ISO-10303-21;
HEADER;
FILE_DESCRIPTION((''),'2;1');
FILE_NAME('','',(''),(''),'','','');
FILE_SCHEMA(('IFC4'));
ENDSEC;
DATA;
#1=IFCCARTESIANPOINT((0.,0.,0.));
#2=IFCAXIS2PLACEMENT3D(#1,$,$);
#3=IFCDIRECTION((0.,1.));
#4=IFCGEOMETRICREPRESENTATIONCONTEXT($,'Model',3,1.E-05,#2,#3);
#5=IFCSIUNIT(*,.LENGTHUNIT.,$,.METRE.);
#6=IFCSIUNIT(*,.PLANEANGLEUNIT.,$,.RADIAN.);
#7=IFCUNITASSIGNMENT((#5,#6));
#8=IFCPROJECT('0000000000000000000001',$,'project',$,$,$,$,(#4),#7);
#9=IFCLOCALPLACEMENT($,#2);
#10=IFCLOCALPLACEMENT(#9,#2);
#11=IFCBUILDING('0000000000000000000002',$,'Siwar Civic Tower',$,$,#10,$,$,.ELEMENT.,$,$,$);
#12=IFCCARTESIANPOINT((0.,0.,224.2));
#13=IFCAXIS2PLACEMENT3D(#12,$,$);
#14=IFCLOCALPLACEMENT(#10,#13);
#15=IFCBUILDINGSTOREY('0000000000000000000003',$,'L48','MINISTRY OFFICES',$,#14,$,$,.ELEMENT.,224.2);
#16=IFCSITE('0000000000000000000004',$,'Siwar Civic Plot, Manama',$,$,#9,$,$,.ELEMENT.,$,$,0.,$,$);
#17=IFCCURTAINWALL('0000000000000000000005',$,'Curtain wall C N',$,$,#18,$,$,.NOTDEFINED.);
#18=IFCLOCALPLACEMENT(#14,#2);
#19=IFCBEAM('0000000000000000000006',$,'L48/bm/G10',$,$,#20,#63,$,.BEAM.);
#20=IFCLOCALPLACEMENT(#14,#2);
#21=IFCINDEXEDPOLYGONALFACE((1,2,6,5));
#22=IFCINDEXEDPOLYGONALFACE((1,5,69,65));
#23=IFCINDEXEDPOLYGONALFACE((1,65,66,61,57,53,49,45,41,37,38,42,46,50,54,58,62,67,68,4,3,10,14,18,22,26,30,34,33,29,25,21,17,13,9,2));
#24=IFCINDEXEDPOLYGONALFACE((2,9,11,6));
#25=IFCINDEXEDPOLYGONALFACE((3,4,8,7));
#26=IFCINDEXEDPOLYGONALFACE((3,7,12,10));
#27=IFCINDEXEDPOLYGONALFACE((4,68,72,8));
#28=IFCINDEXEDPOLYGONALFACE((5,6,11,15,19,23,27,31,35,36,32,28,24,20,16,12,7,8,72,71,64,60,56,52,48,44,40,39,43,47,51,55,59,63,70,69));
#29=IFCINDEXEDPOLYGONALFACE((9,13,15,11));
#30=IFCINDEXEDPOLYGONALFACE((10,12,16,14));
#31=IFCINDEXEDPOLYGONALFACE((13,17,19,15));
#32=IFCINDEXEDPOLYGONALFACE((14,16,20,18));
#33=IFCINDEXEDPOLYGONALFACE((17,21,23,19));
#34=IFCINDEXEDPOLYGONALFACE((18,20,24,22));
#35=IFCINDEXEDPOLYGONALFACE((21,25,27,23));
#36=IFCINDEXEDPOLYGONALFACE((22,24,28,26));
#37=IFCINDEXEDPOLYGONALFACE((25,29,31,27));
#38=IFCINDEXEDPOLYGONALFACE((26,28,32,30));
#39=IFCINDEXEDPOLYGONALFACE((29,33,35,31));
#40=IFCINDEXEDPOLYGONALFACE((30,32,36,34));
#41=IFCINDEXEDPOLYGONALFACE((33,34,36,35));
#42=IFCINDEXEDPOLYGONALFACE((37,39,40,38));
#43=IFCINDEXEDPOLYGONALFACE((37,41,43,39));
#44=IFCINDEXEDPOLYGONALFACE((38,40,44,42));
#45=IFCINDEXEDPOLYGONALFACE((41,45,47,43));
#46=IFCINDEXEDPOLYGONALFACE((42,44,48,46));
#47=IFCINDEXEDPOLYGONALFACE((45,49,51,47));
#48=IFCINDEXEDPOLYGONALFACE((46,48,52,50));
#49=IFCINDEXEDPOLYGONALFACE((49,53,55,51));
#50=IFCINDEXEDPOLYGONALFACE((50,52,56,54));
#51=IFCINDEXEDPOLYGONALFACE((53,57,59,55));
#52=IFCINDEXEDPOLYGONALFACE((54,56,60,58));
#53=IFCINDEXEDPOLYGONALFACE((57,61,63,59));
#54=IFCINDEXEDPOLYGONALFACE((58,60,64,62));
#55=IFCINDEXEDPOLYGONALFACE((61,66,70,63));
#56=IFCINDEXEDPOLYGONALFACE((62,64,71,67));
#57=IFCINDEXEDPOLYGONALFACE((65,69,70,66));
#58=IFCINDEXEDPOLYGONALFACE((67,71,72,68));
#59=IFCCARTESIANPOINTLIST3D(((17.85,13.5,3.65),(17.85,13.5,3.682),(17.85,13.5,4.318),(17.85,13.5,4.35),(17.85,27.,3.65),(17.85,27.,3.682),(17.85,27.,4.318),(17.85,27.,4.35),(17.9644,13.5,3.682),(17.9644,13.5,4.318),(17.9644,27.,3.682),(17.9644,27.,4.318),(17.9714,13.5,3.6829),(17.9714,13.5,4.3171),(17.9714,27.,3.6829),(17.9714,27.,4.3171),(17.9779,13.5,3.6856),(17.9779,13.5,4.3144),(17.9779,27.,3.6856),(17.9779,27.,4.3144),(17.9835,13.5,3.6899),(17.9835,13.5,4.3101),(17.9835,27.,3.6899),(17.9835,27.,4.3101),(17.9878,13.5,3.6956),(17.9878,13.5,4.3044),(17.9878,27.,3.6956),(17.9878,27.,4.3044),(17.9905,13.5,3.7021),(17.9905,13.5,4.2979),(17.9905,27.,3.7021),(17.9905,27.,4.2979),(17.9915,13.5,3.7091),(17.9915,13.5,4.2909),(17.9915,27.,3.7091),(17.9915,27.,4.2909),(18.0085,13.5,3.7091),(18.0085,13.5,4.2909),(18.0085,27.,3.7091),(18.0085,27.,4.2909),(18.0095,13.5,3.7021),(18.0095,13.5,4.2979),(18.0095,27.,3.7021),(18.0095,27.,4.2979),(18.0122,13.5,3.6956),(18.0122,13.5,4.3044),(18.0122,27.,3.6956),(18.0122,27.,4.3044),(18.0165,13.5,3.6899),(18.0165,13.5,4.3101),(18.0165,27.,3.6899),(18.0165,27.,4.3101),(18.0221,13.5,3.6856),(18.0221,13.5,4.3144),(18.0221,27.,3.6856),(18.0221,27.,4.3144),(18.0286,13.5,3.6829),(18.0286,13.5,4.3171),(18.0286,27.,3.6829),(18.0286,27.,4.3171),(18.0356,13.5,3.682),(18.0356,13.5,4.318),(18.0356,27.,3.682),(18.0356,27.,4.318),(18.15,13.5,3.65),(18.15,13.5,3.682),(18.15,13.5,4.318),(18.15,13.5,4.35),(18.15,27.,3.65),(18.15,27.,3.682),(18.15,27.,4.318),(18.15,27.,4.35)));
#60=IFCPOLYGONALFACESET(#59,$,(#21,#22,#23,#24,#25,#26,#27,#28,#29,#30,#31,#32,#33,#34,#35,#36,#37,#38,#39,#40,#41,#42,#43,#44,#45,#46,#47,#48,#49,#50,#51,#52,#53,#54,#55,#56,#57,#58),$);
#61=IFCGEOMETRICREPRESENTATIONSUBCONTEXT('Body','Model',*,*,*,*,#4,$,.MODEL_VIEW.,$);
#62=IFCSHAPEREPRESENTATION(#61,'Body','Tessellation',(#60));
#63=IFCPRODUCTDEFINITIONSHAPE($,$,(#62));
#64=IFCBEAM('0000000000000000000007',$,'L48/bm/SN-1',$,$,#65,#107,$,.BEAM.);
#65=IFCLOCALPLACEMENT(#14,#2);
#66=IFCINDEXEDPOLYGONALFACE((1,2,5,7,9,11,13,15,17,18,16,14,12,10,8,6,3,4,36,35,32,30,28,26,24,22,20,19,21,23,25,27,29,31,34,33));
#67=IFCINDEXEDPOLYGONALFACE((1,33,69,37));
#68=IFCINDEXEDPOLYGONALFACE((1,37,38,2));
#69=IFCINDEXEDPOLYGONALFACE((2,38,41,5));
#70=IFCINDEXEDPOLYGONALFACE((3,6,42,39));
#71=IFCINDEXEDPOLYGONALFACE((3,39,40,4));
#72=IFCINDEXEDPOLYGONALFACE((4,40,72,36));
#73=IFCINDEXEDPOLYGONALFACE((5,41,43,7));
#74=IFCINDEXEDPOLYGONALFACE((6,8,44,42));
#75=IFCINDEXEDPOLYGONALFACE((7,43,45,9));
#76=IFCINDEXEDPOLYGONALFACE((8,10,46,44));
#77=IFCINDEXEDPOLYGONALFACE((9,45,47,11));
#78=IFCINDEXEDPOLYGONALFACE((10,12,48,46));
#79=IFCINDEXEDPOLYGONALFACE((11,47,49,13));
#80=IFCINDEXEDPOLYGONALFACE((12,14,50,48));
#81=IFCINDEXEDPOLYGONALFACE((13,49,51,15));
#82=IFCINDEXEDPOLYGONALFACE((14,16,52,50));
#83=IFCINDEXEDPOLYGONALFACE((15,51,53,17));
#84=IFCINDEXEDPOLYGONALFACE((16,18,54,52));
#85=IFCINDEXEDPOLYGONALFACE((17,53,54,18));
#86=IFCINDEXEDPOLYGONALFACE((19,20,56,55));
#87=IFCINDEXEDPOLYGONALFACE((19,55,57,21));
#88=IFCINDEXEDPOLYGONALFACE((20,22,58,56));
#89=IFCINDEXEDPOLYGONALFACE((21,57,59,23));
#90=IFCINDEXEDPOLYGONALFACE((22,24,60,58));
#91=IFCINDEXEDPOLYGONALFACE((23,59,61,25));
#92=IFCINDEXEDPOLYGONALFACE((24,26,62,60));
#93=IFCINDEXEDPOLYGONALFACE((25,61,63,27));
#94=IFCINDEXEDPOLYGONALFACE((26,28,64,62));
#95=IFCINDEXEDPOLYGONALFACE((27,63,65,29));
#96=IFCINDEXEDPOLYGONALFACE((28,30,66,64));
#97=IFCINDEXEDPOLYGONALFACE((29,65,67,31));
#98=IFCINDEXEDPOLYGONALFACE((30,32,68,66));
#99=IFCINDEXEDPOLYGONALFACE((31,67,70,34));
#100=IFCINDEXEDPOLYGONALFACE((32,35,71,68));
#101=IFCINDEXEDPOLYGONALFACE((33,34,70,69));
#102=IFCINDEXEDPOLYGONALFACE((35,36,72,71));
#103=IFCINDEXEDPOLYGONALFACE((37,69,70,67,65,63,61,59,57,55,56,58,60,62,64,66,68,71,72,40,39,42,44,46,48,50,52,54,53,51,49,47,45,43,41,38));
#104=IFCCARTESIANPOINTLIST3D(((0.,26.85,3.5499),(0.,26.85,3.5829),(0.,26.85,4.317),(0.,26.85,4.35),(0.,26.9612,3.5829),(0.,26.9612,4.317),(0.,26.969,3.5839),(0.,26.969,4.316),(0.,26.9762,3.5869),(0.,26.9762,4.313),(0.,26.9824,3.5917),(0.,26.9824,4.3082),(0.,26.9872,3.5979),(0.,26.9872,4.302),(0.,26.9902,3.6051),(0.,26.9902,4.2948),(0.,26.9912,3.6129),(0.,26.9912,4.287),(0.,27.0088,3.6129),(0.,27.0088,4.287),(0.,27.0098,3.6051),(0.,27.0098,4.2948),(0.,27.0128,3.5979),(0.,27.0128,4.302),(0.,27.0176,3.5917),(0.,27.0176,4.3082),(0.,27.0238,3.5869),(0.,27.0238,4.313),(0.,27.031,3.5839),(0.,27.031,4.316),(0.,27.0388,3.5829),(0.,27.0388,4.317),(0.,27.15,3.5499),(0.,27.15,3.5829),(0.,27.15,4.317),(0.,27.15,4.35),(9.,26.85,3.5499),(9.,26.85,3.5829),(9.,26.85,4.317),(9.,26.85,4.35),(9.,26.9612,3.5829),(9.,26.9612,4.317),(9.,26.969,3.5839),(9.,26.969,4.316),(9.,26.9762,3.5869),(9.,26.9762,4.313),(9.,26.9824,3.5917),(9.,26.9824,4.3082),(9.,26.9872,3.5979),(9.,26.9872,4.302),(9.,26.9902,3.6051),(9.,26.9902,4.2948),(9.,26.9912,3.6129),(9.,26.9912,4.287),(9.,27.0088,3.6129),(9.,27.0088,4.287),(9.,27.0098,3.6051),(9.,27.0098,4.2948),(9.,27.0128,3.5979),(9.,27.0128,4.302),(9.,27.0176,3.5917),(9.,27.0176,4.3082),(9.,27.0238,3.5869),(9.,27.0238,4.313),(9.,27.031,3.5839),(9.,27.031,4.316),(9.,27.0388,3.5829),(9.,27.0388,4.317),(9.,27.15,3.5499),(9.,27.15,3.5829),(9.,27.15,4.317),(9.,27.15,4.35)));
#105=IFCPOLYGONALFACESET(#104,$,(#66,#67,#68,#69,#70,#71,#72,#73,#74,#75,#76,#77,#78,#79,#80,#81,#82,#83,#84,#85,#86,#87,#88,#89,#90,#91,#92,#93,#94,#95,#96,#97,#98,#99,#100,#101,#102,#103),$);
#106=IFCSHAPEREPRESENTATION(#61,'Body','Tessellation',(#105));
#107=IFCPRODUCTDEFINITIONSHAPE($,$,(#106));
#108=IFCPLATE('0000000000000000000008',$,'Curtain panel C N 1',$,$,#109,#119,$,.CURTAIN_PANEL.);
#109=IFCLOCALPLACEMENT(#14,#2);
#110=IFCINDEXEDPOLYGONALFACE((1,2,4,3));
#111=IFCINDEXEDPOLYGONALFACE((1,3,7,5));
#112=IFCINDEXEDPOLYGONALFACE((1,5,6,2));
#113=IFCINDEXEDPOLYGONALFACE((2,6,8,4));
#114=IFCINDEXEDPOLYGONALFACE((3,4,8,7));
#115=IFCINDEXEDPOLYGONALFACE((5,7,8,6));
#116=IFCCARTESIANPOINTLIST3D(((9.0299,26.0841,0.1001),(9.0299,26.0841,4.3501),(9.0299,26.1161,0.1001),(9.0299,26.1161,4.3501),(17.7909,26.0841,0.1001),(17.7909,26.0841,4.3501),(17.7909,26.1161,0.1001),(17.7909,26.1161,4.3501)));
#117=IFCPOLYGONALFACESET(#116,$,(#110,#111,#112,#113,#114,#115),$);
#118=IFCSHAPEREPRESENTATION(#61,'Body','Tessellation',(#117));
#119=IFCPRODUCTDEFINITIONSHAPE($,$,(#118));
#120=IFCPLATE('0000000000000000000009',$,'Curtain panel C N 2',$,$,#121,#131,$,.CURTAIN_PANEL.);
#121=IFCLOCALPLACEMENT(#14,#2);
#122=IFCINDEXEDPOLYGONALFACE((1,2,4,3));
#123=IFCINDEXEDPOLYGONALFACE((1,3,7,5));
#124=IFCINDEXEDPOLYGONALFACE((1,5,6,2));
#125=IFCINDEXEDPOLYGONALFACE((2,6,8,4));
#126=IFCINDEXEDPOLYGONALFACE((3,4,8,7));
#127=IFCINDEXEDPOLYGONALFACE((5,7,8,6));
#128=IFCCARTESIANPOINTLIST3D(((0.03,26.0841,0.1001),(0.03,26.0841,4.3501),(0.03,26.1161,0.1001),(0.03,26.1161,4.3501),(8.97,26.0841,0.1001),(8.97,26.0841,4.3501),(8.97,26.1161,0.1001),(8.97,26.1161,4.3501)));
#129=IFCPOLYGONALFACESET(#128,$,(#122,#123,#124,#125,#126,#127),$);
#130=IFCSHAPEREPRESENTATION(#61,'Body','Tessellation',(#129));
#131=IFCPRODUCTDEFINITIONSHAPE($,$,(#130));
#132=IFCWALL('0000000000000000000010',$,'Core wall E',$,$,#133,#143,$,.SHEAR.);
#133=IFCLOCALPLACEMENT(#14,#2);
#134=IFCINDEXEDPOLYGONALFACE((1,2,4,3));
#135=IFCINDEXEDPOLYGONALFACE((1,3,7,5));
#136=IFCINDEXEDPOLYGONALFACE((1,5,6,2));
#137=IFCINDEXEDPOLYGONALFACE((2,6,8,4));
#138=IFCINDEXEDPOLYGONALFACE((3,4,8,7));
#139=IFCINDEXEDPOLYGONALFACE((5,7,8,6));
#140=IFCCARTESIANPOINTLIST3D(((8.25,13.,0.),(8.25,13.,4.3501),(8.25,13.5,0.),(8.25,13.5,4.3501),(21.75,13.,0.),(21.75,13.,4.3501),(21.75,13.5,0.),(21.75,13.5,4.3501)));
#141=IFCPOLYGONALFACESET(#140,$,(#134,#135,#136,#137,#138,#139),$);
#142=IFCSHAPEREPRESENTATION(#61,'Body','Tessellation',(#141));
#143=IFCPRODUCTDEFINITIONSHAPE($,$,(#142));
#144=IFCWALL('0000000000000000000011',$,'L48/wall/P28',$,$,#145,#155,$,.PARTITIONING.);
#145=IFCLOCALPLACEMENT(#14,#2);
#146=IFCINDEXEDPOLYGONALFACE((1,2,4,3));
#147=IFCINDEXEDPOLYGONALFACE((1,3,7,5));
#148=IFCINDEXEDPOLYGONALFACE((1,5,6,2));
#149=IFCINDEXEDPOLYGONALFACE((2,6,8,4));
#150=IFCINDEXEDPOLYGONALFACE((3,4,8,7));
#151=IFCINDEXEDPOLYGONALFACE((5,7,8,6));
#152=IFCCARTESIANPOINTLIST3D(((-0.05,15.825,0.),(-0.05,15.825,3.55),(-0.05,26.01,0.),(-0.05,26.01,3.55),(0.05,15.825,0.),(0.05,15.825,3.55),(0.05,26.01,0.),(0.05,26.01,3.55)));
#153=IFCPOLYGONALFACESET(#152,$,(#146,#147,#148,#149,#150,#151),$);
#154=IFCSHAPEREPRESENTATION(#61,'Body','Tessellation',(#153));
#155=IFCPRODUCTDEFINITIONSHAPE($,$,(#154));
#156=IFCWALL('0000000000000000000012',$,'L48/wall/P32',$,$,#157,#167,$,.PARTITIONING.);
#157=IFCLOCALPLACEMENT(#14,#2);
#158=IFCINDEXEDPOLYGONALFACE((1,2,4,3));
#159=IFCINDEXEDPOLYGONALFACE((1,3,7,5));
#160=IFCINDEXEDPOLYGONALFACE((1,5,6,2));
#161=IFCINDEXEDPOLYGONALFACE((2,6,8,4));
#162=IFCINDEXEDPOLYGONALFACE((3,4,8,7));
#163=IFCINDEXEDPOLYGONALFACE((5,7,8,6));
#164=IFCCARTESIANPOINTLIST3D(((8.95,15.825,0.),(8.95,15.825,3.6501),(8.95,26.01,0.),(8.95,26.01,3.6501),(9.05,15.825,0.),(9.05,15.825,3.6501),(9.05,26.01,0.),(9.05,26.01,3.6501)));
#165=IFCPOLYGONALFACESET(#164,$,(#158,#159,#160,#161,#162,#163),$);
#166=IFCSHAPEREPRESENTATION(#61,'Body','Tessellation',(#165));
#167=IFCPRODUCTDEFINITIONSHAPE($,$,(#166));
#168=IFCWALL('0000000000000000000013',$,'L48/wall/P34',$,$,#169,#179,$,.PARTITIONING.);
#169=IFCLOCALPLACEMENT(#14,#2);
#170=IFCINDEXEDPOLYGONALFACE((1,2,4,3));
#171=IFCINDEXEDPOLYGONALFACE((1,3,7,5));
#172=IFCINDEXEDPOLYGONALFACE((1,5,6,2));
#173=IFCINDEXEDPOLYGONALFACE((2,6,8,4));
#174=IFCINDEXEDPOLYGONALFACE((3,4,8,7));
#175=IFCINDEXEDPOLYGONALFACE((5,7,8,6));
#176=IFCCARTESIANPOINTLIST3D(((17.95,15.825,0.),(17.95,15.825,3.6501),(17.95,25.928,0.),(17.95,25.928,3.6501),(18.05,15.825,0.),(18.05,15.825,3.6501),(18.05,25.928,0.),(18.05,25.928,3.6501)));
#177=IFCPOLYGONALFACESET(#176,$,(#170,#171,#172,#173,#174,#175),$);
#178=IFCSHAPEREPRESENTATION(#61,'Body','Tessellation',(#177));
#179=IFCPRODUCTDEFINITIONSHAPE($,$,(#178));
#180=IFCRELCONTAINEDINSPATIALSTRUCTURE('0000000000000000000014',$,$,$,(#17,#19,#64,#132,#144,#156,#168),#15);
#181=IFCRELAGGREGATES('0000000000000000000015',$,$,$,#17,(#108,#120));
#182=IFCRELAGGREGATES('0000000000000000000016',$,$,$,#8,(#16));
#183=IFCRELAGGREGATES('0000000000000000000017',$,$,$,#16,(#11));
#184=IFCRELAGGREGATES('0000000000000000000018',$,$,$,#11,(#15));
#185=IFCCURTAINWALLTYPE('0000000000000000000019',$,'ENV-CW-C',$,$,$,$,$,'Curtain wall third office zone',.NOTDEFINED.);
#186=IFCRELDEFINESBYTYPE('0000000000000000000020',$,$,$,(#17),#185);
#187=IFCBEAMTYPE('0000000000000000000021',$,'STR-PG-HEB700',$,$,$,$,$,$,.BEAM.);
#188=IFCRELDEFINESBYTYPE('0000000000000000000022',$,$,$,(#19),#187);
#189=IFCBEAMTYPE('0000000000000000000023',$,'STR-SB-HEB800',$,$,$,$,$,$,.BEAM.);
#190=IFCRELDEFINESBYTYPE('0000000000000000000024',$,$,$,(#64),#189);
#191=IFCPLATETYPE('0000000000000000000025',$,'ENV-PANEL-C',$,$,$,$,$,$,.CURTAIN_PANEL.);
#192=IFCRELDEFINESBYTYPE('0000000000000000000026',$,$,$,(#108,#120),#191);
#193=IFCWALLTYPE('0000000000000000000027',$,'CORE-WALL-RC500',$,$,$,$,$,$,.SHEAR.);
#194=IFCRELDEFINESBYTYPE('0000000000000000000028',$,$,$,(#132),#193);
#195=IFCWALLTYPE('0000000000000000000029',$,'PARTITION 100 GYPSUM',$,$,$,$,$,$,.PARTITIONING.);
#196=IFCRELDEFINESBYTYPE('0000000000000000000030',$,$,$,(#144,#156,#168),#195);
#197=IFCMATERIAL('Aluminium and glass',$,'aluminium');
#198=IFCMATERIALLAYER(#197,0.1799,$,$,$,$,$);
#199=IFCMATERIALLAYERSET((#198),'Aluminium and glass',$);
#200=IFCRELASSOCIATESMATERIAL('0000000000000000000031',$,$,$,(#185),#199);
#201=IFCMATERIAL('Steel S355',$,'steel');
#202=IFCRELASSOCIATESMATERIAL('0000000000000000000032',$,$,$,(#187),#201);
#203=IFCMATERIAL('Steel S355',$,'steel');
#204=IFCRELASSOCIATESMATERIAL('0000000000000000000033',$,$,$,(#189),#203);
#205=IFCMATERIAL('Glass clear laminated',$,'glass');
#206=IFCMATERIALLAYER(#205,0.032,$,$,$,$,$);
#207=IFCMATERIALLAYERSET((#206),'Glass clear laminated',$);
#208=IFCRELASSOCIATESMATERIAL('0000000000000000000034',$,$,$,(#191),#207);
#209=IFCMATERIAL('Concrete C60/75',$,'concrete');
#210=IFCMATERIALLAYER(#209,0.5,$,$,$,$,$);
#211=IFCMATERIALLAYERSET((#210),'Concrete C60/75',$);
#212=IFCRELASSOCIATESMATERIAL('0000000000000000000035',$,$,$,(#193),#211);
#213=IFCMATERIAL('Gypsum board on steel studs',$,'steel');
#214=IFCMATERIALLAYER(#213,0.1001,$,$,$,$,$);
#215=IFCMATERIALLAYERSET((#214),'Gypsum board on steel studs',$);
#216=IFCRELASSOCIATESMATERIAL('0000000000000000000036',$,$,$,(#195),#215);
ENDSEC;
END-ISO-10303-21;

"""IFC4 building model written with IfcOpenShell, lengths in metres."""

from ifc_helpers import new_model, si_unit, direction, frame, frame_2d, origin, origin_2d, place, context, subcontext, project, spatial, rectangle, i_section, extrude, material, layer, layer_set, material_profile, profile_set, type_object, element, aggregate, save


model = new_model("IFC4")

# Units and contexts
model_context = context("Model", 3, precision=1e-05, world=origin(), true_north=direction((0.0, 1.0)))
body_context = subcontext(model_context, "Body", "Model", "MODEL_VIEW")
ifc_project = project(units=[si_unit("LENGTHUNIT", "METRE"), si_unit("PLANEANGLEUNIT", "RADIAN")], contexts=[model_context])

# Site, building, storey
site_placement = place(None, origin())
site = spatial("IfcSite", under=ifc_project, at=site_placement, Name="Siwar Civic Plot, Manama", CompositionType="ELEMENT", RefElevation=0.0)
building_placement = place(site_placement, origin())
building = spatial("IfcBuilding", under=site, at=building_placement, Name="Siwar Civic Tower", CompositionType="ELEMENT")
storey_placement = place(building_placement, frame((0.0, 0.0, 224.2)))
storey = spatial("IfcBuildingStorey", under=building, at=storey_placement, Name="L48", Description="MINISTRY OFFICES", CompositionType="ELEMENT", Elevation=224.2)

# Curtain wall
ifc_material_1 = material(Name="Aluminium and glass", Category="aluminium")
ifc_layer_1 = layer(ifc_material_1, 0.1799)
ifc_layer_set_1 = layer_set([ifc_layer_1], Name="Aluminium and glass")
curtain_wall_type = type_object("IfcCurtainWallType", Name="ENV-CW-C", ElementType="Curtain wall third office zone", PredefinedType="NOTDEFINED", material=ifc_layer_set_1)
curtain_wall_placement = place(storey_placement, origin())
curtain_wall = element("IfcCurtainWall", 1, at=curtain_wall_placement, inside=storey, type_object=curtain_wall_type, Name="Curtain wall C N", PredefinedType="NOTDEFINED")

# Beams
ifc_material_2 = material(Name="Steel S355", Category="steel")
ifc_material_profile_1 = material_profile(ifc_material_2, i_section(OverallWidth=0.3, OverallDepth=0.7, WebThickness=0.0171, FlangeThickness=0.032, FilletRadius=0.0271, at=origin_2d()), Name="HEB700")
ifc_profile_set_1 = profile_set([ifc_material_profile_1], Name="Steel S355")
beam_type_1 = type_object("IfcBeamType", Name="STR-PG-HEB700", PredefinedType="BEAM", material=ifc_profile_set_1)
for number, where, z_axis, x_axis, name in (
    (2, (18.0, 13.5, 4.0), (0.0, 1.0, 0.0), (-1.0, 0.0, 0.0), "L48/bm/G10"),
):
    element("IfcBeam", number, at=place(storey_placement, frame(where, z_axis=z_axis, x_axis=x_axis)), inside=storey, type_object=beam_type_1, Name=name, PredefinedType="BEAM", context=body_context, shape_type="SweptSolid", body=[
        extrude(i_section(OverallWidth=0.3, OverallDepth=0.7, WebThickness=0.0171, FlangeThickness=0.032, FilletRadius=0.0271, at=origin_2d()), origin(), (0.0, 0.0, 1.0), 13.5),
    ])
ifc_material_3 = material(Name="Steel S355", Category="steel")
ifc_material_profile_2 = material_profile(ifc_material_3, i_section(OverallWidth=0.3, OverallDepth=0.8, WebThickness=0.0176, FlangeThickness=0.033, FilletRadius=0.03, at=origin_2d()), Name="HEB800")
ifc_profile_set_2 = profile_set([ifc_material_profile_2], Name="Steel S355")
beam_type_2 = type_object("IfcBeamType", Name="STR-SB-HEB800", PredefinedType="BEAM", material=ifc_profile_set_2)
beam_1_placement = place(storey_placement, frame((9.0, 27.0, 3.95), z_axis=(-1.0, 0.0, 0.0), x_axis=(0.0, -1.0, 0.0)))
element("IfcBeam", 3, at=beam_1_placement, inside=storey, type_object=beam_type_2, Name="L48/bm/SN-1", PredefinedType="BEAM", context=body_context, shape_type="SweptSolid", body=[
    extrude(i_section(OverallWidth=0.3, OverallDepth=0.8, WebThickness=0.0176, FlangeThickness=0.033, FilletRadius=0.03, at=origin_2d()), origin(), (0.0, 0.0, 1.0), 9.0),
])

# Plates
ifc_material_4 = material(Name="Glass clear laminated", Category="glass")
ifc_layer_2 = layer(ifc_material_4, 0.032)
ifc_layer_set_2 = layer_set([ifc_layer_2], Name="Glass clear laminated")
plate_type = type_object("IfcPlateType", Name="ENV-PANEL-C", PredefinedType="CURTAIN_PANEL", material=ifc_layer_set_2)
plate_1_placement = place(storey_placement, frame((13.4104, 26.1001, 0.1001), z_axis=(0.0, 0.0, 1.0), x_axis=(-1.0, 0.0, 0.0)))
plate_1 = element("IfcPlate", 4, at=plate_1_placement, type_object=plate_type, Name="Curtain panel C N 1", PredefinedType="CURTAIN_PANEL", context=body_context, shape_type="SweptSolid", body=[
    extrude(rectangle(XDim=8.761, YDim=0.032, at=origin_2d()), origin(), (0.0, 0.0, 1.0), 4.25),
])
plate_2_placement = place(storey_placement, frame((4.5, 26.1001, 0.1001), z_axis=(0.0, 0.0, 1.0), x_axis=(-1.0, 0.0, 0.0)))
plate_2 = element("IfcPlate", 5, at=plate_2_placement, type_object=plate_type, Name="Curtain panel C N 2", PredefinedType="CURTAIN_PANEL", context=body_context, shape_type="SweptSolid", body=[
    extrude(rectangle(XDim=8.9399, YDim=0.032, at=origin_2d()), origin(), (0.0, 0.0, 1.0), 4.25),
])
aggregate(curtain_wall, [plate_1, plate_2])

# Walls
ifc_material_5 = material(Name="Concrete C60/75", Category="concrete")
ifc_layer_3 = layer(ifc_material_5, 0.5)
ifc_layer_set_3 = layer_set([ifc_layer_3], Name="Concrete C60/75")
wall_type_1 = type_object("IfcWallType", Name="CORE-WALL-RC500", PredefinedType="SHEAR", material=ifc_layer_set_3)
wall_1_placement = place(storey_placement, frame((8.25, 13.25, 0.0), z_axis=(0.0, 0.0, 1.0), x_axis=(1.0, 0.0, 0.0)))
element("IfcWall", 6, at=wall_1_placement, inside=storey, type_object=wall_type_1, Name="Core wall E", PredefinedType="SHEAR", context=body_context, shape_type="SweptSolid", body=[
    extrude(rectangle(XDim=13.5, YDim=0.5, at=frame_2d((6.75, 0.0))), origin(), (0.0, 0.0, 1.0), 4.3501),
])
ifc_material_6 = material(Name="Gypsum board on steel studs", Category="steel")
ifc_layer_4 = layer(ifc_material_6, 0.1001)
ifc_layer_set_4 = layer_set([ifc_layer_4], Name="Gypsum board on steel studs")
wall_type_2 = type_object("IfcWallType", Name="PARTITION 100 GYPSUM", PredefinedType="PARTITIONING", material=ifc_layer_set_4)
wall_2_placement = place(storey_placement, frame((0.0, 15.825, 0.0), z_axis=(0.0, 0.0, 1.0), x_axis=(0.0, 1.0, 0.0)))
element("IfcWall", 7, at=wall_2_placement, inside=storey, type_object=wall_type_2, Name="L48/wall/P28", PredefinedType="PARTITIONING", context=body_context, shape_type="SweptSolid", body=[
    extrude(rectangle(XDim=10.1851, YDim=0.1001, at=frame_2d((5.0925, 0.0))), origin(), (0.0, 0.0, 1.0), 3.55),
])
wall_3_placement = place(storey_placement, frame((9.0, 15.825, 0.0), z_axis=(0.0, 0.0, 1.0), x_axis=(0.0, 1.0, 0.0)))
element("IfcWall", 8, at=wall_3_placement, inside=storey, type_object=wall_type_2, Name="L48/wall/P32", PredefinedType="PARTITIONING", context=body_context, shape_type="SweptSolid", body=[
    extrude(rectangle(XDim=10.1851, YDim=0.1001, at=frame_2d((5.0925, 0.0))), origin(), (0.0, 0.0, 1.0), 3.6501),
])
wall_4_placement = place(storey_placement, frame((18.0, 15.825, 0.0), z_axis=(0.0, 0.0, 1.0), x_axis=(0.0, 1.0, 0.0)))
element("IfcWall", 9, at=wall_4_placement, inside=storey, type_object=wall_type_2, Name="L48/wall/P34", PredefinedType="PARTITIONING", context=body_context, shape_type="SweptSolid", body=[
    extrude(rectangle(XDim=10.103, YDim=0.1001, at=frame_2d((5.0515, 0.0))), origin(), (0.0, 0.0, 1.0), 3.6501),
])

save(model, "model.ifc")
